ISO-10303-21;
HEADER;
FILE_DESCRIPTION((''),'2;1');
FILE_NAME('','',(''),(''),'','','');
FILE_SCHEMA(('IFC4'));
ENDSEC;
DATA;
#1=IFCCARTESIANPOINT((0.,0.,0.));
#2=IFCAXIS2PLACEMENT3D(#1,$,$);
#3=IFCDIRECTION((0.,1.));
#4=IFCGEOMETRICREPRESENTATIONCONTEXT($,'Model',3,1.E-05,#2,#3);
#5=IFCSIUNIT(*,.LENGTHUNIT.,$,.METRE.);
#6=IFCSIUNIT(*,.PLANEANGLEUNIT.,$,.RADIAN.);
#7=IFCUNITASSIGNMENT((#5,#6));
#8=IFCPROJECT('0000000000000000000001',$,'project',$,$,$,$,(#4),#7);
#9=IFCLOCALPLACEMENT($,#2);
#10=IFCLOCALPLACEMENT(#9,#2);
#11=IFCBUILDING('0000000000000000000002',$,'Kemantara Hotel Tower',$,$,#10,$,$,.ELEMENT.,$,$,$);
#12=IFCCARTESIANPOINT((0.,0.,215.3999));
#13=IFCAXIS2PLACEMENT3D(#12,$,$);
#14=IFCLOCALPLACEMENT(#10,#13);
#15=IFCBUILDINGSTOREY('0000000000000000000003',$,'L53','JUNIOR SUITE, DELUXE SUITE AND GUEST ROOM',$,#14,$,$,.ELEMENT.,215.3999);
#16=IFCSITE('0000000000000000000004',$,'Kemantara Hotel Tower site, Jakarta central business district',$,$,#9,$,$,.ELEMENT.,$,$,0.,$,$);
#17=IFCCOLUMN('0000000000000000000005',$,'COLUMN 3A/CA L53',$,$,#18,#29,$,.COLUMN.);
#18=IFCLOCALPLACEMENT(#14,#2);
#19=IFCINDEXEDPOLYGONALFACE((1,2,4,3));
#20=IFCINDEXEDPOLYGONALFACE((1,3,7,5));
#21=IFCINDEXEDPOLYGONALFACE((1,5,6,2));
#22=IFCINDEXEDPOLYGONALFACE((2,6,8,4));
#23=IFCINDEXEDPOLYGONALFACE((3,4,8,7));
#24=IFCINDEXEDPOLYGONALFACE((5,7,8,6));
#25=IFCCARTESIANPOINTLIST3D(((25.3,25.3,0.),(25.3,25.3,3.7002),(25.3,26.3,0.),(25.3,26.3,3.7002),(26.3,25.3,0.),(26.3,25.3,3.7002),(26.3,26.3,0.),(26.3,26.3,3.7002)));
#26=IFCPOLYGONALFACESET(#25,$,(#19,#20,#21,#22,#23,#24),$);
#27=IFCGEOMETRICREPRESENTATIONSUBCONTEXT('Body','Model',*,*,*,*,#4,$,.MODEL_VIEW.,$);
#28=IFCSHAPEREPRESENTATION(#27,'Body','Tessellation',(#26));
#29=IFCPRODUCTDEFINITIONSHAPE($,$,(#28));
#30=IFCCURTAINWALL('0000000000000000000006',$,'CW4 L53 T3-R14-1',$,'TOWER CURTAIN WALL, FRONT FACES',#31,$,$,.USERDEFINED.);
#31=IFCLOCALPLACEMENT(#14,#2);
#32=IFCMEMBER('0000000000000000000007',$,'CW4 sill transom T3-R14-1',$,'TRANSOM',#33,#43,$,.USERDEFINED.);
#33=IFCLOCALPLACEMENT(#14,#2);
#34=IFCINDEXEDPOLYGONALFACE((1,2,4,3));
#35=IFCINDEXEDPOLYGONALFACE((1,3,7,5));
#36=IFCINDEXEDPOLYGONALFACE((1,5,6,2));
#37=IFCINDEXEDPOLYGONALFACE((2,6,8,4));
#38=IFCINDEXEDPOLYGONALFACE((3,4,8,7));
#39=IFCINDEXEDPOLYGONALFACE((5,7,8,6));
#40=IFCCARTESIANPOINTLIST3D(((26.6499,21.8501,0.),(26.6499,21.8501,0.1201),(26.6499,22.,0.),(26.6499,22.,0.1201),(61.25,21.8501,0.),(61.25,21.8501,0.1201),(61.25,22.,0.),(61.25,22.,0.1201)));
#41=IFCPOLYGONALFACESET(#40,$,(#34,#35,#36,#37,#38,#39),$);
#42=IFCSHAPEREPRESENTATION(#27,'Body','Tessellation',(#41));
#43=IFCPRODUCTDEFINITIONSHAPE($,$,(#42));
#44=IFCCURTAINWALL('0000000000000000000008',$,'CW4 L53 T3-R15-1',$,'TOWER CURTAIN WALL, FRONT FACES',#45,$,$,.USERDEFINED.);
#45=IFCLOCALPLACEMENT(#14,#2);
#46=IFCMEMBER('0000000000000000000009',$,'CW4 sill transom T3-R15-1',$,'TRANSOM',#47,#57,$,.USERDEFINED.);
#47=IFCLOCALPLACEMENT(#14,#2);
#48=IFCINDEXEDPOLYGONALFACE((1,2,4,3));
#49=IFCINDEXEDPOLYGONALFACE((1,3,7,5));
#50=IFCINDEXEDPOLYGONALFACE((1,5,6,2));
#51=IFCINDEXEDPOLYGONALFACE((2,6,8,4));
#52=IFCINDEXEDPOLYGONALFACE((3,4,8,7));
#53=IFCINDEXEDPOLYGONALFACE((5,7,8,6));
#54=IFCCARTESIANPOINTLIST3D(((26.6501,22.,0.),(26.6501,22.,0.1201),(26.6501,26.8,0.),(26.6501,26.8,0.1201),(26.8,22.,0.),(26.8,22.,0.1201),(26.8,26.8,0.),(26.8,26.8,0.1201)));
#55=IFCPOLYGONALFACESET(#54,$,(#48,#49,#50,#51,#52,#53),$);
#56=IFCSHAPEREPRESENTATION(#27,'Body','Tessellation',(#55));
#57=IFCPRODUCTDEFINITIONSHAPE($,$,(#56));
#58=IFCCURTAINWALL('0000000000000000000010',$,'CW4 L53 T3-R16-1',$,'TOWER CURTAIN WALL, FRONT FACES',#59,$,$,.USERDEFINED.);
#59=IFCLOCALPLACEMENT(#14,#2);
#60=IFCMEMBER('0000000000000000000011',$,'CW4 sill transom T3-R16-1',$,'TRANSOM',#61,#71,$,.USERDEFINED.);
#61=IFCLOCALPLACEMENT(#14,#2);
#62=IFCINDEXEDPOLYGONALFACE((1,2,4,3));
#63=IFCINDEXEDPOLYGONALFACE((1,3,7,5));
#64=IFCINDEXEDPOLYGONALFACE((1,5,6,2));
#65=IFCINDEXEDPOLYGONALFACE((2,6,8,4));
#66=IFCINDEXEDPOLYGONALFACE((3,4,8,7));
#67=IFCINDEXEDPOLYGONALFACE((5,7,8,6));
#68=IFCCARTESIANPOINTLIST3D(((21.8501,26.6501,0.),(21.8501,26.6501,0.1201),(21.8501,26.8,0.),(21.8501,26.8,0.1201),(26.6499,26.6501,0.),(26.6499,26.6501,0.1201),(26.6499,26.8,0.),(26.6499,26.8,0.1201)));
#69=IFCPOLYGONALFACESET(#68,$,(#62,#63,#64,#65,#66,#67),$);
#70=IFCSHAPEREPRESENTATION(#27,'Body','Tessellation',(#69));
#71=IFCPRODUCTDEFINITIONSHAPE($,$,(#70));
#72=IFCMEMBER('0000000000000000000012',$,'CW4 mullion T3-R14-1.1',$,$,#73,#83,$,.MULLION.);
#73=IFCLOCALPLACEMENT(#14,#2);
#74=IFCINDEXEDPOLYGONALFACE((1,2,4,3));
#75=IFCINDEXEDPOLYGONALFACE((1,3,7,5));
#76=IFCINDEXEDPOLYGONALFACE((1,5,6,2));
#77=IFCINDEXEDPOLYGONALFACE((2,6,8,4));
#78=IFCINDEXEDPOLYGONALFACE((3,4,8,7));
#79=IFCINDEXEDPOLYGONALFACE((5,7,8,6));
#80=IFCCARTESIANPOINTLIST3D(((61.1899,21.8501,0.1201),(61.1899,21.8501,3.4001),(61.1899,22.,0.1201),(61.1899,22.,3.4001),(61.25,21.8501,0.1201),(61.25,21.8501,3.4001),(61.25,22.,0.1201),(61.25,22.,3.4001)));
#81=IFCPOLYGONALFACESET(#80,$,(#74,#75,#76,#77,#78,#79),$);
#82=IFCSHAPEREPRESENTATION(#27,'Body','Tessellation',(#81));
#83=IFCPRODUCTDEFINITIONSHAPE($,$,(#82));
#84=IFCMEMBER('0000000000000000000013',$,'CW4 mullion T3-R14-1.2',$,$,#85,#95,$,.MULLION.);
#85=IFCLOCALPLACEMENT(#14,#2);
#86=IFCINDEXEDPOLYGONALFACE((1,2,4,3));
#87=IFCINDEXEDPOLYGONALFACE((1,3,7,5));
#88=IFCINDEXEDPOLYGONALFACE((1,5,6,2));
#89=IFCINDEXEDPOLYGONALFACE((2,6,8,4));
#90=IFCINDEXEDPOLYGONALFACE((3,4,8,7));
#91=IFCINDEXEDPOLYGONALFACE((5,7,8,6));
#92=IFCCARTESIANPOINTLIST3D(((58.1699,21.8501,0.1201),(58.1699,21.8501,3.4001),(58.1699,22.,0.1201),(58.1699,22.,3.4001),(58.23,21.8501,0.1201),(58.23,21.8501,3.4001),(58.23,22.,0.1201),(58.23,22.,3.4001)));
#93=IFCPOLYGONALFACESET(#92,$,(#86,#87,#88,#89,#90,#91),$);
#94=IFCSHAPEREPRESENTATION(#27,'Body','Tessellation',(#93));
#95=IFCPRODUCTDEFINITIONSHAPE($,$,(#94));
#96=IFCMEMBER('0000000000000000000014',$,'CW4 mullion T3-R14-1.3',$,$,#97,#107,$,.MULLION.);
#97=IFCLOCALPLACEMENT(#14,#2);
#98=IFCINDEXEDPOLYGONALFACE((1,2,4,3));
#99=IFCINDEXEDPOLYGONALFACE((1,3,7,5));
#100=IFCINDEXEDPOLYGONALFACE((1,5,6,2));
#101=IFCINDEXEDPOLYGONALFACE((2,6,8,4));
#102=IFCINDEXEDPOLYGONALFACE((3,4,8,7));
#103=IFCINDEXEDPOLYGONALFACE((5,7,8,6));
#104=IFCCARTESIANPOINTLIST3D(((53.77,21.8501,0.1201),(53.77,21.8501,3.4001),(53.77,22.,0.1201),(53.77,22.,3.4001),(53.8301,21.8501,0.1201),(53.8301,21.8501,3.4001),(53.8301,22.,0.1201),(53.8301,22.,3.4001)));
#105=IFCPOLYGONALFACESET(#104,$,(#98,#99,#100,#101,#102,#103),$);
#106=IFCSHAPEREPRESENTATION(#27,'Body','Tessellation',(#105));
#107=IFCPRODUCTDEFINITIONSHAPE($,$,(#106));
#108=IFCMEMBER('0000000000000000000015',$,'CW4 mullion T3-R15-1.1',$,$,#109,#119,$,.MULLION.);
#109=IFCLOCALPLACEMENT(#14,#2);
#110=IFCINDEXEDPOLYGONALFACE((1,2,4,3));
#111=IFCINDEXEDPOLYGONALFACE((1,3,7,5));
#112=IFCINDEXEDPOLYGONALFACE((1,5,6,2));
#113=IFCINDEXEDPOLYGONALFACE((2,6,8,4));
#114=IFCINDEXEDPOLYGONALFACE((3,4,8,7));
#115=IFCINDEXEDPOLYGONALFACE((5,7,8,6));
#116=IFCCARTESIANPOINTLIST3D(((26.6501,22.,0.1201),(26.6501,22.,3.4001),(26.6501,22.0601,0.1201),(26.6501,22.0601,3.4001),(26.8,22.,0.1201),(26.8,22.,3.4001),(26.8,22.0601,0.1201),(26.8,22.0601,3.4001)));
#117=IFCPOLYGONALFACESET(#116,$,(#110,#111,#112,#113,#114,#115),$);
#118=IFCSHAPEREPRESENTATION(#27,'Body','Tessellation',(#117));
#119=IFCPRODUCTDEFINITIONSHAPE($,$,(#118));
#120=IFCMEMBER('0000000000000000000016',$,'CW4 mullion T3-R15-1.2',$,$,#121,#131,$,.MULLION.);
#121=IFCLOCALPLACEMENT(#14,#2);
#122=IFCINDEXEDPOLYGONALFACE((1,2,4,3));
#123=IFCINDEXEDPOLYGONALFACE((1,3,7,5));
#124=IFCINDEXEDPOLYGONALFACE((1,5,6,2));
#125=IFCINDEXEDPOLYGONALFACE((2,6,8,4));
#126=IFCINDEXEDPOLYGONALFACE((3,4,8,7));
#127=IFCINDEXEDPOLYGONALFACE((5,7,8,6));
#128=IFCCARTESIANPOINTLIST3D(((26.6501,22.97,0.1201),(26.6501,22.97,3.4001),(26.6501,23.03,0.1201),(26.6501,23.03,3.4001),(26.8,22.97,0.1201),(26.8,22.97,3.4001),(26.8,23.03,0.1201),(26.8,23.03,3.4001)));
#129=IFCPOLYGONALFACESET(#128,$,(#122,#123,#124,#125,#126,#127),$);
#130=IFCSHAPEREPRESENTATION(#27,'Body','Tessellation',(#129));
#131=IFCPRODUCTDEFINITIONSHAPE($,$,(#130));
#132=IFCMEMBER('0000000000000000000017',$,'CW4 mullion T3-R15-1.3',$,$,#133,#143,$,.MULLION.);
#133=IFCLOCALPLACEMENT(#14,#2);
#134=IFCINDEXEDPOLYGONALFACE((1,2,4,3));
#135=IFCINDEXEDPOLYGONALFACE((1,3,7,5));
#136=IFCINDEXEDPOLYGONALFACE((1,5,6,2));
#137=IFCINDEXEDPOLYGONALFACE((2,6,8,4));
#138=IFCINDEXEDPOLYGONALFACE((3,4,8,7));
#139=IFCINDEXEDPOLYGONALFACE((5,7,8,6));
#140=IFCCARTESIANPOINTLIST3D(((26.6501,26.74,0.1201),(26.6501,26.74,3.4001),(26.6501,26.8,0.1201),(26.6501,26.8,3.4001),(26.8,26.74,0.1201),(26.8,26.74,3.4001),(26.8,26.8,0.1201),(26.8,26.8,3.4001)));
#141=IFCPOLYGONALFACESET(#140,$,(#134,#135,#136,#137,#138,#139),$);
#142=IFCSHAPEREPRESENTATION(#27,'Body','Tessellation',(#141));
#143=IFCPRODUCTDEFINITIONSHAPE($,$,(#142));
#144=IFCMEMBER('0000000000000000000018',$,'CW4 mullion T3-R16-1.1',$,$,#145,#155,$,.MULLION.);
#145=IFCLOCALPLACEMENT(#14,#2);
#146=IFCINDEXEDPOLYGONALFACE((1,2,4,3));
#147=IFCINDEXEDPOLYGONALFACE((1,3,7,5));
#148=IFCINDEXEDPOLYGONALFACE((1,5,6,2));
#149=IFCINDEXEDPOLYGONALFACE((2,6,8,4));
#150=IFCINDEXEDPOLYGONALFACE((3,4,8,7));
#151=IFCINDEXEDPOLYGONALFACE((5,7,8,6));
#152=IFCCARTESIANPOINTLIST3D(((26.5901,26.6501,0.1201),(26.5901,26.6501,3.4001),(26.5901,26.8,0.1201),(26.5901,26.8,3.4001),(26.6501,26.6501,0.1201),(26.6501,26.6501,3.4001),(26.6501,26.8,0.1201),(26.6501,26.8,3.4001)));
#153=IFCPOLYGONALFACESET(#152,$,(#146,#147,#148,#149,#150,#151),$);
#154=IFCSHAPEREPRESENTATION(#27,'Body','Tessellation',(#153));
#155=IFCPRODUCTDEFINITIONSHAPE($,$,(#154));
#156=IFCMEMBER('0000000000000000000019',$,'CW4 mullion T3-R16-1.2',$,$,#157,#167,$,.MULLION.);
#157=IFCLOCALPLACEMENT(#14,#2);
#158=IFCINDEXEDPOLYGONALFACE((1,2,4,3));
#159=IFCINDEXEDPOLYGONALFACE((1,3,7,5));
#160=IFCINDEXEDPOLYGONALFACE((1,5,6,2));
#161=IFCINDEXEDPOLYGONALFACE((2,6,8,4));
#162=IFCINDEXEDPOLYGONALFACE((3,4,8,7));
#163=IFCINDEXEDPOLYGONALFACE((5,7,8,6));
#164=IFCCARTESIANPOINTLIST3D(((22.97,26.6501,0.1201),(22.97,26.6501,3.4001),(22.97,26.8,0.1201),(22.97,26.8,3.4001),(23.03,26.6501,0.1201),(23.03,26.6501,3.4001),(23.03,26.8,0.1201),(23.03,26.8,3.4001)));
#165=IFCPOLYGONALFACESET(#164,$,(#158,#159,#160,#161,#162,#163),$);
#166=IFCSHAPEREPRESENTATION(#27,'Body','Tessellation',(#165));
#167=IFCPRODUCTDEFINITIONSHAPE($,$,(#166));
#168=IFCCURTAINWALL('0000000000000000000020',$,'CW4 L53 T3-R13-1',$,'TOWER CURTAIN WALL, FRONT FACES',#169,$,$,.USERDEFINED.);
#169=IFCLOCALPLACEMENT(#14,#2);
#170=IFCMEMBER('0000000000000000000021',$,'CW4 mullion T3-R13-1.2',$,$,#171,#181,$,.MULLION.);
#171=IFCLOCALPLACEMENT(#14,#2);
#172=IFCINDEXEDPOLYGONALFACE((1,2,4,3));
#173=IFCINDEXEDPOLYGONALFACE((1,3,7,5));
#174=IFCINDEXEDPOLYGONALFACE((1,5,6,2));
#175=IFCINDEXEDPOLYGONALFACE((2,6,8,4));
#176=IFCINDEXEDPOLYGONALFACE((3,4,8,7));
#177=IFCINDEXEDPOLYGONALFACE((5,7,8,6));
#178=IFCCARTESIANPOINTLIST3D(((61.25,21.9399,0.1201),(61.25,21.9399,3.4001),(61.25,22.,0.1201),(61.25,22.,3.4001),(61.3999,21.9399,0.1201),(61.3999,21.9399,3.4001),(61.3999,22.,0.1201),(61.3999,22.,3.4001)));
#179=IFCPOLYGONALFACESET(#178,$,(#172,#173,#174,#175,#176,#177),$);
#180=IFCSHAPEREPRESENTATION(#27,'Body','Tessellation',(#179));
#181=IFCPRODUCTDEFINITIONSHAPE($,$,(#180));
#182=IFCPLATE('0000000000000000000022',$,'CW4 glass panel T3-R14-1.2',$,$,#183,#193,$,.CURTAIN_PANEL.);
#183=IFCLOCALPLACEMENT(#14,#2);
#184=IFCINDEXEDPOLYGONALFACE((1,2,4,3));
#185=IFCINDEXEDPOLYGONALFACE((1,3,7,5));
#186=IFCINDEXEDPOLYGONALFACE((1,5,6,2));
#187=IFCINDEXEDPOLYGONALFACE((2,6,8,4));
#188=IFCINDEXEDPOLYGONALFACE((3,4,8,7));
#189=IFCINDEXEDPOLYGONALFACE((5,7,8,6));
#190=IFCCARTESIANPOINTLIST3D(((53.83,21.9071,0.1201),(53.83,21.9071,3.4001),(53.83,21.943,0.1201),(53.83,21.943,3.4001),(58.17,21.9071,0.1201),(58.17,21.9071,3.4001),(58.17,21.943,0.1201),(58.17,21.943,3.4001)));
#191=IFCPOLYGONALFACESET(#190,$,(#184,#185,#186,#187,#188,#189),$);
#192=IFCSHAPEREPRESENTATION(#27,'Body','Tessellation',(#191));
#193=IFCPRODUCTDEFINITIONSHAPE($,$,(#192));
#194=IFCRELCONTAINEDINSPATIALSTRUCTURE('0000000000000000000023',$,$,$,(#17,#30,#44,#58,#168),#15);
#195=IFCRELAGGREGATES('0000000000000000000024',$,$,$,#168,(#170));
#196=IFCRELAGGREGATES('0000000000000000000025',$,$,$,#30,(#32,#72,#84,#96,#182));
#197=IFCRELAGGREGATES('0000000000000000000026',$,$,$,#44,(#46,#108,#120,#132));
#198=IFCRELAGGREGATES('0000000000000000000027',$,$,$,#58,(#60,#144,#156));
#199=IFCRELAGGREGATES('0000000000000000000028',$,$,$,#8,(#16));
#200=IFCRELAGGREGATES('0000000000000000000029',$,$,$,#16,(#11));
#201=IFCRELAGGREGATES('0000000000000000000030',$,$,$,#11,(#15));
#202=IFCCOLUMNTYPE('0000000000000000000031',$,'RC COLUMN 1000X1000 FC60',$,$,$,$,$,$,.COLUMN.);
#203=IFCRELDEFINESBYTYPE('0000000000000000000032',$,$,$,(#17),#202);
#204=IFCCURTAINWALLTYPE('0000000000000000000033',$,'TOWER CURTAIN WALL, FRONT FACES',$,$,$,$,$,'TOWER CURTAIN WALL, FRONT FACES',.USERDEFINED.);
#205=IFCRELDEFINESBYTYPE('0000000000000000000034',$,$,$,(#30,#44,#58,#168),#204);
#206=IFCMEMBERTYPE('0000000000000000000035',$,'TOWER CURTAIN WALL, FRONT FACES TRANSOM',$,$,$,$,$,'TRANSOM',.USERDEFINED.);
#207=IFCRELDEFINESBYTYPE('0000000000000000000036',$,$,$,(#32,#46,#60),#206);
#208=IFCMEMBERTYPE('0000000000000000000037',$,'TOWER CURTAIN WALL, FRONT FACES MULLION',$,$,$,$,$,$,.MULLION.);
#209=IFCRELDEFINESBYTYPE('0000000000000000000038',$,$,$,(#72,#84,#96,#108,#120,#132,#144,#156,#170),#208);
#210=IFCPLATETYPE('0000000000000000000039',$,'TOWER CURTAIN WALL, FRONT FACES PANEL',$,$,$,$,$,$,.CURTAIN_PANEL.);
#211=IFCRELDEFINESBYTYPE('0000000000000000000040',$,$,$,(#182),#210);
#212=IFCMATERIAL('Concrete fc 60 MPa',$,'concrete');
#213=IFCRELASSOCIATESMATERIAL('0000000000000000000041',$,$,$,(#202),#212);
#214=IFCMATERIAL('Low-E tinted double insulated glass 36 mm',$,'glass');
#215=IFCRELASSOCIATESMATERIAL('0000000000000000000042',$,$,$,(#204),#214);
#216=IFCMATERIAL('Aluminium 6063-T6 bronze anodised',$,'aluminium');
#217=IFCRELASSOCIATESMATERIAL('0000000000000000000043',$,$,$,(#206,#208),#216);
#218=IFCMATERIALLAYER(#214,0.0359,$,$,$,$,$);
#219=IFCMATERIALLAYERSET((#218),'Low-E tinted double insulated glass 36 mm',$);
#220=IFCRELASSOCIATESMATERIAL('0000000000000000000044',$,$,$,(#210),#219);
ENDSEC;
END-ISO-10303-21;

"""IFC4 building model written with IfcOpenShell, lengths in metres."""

from ifc_helpers import new_model, si_unit, direction, frame, origin, origin_2d, place, context, subcontext, project, spatial, rectangle, extrude, source, transform, mapped, material, layer, layer_set, material_profile, profile_set, type_object, element, aggregate, save


model = new_model("IFC4")

# Units and contexts
model_context = context("Model", 3, precision=1e-05, world=origin(), true_north=direction((0.0, 1.0)))
body_context = subcontext(model_context, "Body", "Model", "MODEL_VIEW")
ifc_project = project(units=[si_unit("LENGTHUNIT", "METRE"), si_unit("PLANEANGLEUNIT", "RADIAN")], contexts=[model_context])

# Site, building, storey
site_placement = place(None, origin())
site = spatial("IfcSite", under=ifc_project, at=site_placement, Name="Kemantara Hotel Tower site, Jakarta central business district", CompositionType="ELEMENT", RefElevation=0.0)
building_placement = place(site_placement, origin())
building = spatial("IfcBuilding", under=site, at=building_placement, Name="Kemantara Hotel Tower", CompositionType="ELEMENT")
storey_placement = place(building_placement, frame((0.0, 0.0, 215.3999)))
storey = spatial("IfcBuildingStorey", under=building, at=storey_placement, Name="L53", Description="JUNIOR SUITE, DELUXE SUITE AND GUEST ROOM", CompositionType="ELEMENT", Elevation=215.3999)

# Column
ifc_material_1 = material(Name="Concrete fc 60 MPa", Category="concrete")
ifc_material_profile_1 = material_profile(ifc_material_1, rectangle(XDim=1.0, YDim=1.0, at=origin_2d()), Name="RC 1000X1000")
ifc_profile_set_1 = profile_set([ifc_material_profile_1], Name="Concrete fc 60 MPa")
column_type = type_object("IfcColumnType", Name="RC COLUMN 1000X1000 FC60", PredefinedType="COLUMN", material=ifc_profile_set_1)
column_placement = place(storey_placement, frame((25.8, 25.8, 0.0), z_axis=(0.0, 0.0, 1.0), x_axis=(1.0, 0.0, 0.0)))
element("IfcColumn", 1, at=column_placement, inside=storey, type_object=column_type, Name="COLUMN 3A/CA L53", PredefinedType="COLUMN", context=body_context, shape_type="SweptSolid", body=[
    extrude(rectangle(XDim=1.0, YDim=1.0, at=origin_2d()), origin(), (0.0, 0.0, 1.0), 3.7002),
])

# Curtain walls, members
ifc_material_2 = material(Name="Low-E tinted double insulated glass 36 mm", Category="glass")
curtain_wall_type = type_object("IfcCurtainWallType", Name="TOWER CURTAIN WALL, FRONT FACES", ElementType="TOWER CURTAIN WALL, FRONT FACES", PredefinedType="USERDEFINED", material=ifc_material_2)
curtain_wall_1_placement = place(storey_placement, origin())
curtain_wall_1 = element("IfcCurtainWall", 2, at=curtain_wall_1_placement, inside=storey, type_object=curtain_wall_type, Name="CW4 L53 T3-R14-1", ObjectType="TOWER CURTAIN WALL, FRONT FACES", PredefinedType="USERDEFINED")
ifc_material_3 = material(Name="Aluminium 6063-T6 bronze anodised", Category="aluminium")
ifc_material_profile_2 = material_profile(ifc_material_3, rectangle(XDim=0.1499, YDim=0.1201, at=origin_2d()), Name="TOWER CURTAIN WALL, FRONT FACES TRANSOM")
ifc_profile_set_2 = profile_set([ifc_material_profile_2], Name="Aluminium 6063-T6 bronze anodised")
member_type_1 = type_object("IfcMemberType", Name="TOWER CURTAIN WALL, FRONT FACES TRANSOM", ElementType="TRANSOM", PredefinedType="USERDEFINED", material=ifc_profile_set_2)
member_1_placement = place(storey_placement, frame((61.25, 21.925, 0.0601), z_axis=(-1.0, 0.0, 0.0), x_axis=(0.0, -1.0, 0.0)))
member_1 = element("IfcMember", 3, at=member_1_placement, type_object=member_type_1, Name="CW4 sill transom T3-R14-1", ObjectType="TRANSOM", PredefinedType="USERDEFINED", context=body_context, shape_type="SweptSolid", body=[
    extrude(rectangle(XDim=0.1499, YDim=0.1201, at=origin_2d()), origin(), (0.0, 0.0, 1.0), 34.6001),
])
curtain_wall_2_placement = place(storey_placement, origin())
curtain_wall_2 = element("IfcCurtainWall", 4, at=curtain_wall_2_placement, inside=storey, type_object=curtain_wall_type, Name="CW4 L53 T3-R15-1", ObjectType="TOWER CURTAIN WALL, FRONT FACES", PredefinedType="USERDEFINED")
member_2_placement = place(storey_placement, frame((26.7251, 22.0, 0.0601), z_axis=(0.0, 1.0, 0.0), x_axis=(-1.0, 0.0, 0.0)))
member_2 = element("IfcMember", 5, at=member_2_placement, type_object=member_type_1, Name="CW4 sill transom T3-R15-1", ObjectType="TRANSOM", PredefinedType="USERDEFINED", context=body_context, shape_type="SweptSolid", body=[
    extrude(rectangle(XDim=0.1499, YDim=0.1201, at=origin_2d()), origin(), (0.0, 0.0, 1.0), 4.8),
])
curtain_wall_3_placement = place(storey_placement, origin())
curtain_wall_3 = element("IfcCurtainWall", 6, at=curtain_wall_3_placement, inside=storey, type_object=curtain_wall_type, Name="CW4 L53 T3-R16-1", ObjectType="TOWER CURTAIN WALL, FRONT FACES", PredefinedType="USERDEFINED")
member_3_placement = place(storey_placement, frame((26.6499, 26.7251, 0.0601), z_axis=(-1.0, 0.0, 0.0), x_axis=(0.0, -1.0, 0.0)))
member_3 = element("IfcMember", 7, at=member_3_placement, type_object=member_type_1, Name="CW4 sill transom T3-R16-1", ObjectType="TRANSOM", PredefinedType="USERDEFINED", context=body_context, shape_type="SweptSolid", body=[
    extrude(rectangle(XDim=0.1499, YDim=0.1201, at=origin_2d()), origin(), (0.0, 0.0, 1.0), 4.7998),
])

# Members
ifc_material_profile_3 = material_profile(ifc_material_3, rectangle(XDim=0.1499, YDim=0.0601, at=origin_2d()), Name="TOWER CURTAIN WALL, FRONT FACES MULLION")
ifc_profile_set_3 = profile_set([ifc_material_profile_3], Name="Aluminium 6063-T6 bronze anodised")
member_type_2 = type_object("IfcMemberType", Name="TOWER CURTAIN WALL, FRONT FACES MULLION", PredefinedType="MULLION", material=ifc_profile_set_3)
shared_shape_1 = source(origin(), body_context, "Body", "SweptSolid", [
    extrude(rectangle(XDim=0.1499, YDim=0.0601, at=origin_2d()), origin(), (0.0, 0.0, 1.0), 3.28),
])
member_4_placement = place(storey_placement, frame((61.22, 21.925, 0.1201), z_axis=(0.0, 0.0, 1.0), x_axis=(0.0, -1.0, 0.0)))
member_4 = element("IfcMember", 8, at=member_4_placement, type_object=member_type_2, Name="CW4 mullion T3-R14-1.1", PredefinedType="MULLION", context=body_context, shape_type="MappedRepresentation", body=[
    mapped(shared_shape_1, transform((0.0, 0.0, 0.0))),
])
member_5_placement = place(storey_placement, frame((58.2, 21.925, 0.1201), z_axis=(0.0, 0.0, 1.0), x_axis=(0.0, -1.0, 0.0)))
member_5 = element("IfcMember", 9, at=member_5_placement, type_object=member_type_2, Name="CW4 mullion T3-R14-1.2", PredefinedType="MULLION", context=body_context, shape_type="MappedRepresentation", body=[
    mapped(shared_shape_1, transform((0.0, 0.0, 0.0))),
])
member_6_placement = place(storey_placement, frame((53.8, 21.925, 0.1201), z_axis=(0.0, 0.0, 1.0), x_axis=(0.0, -1.0, 0.0)))
member_6 = element("IfcMember", 10, at=member_6_placement, type_object=member_type_2, Name="CW4 mullion T3-R14-1.3", PredefinedType="MULLION", context=body_context, shape_type="MappedRepresentation", body=[
    mapped(shared_shape_1, transform((0.0, 0.0, 0.0))),
])
member_7_placement = place(storey_placement, frame((26.7251, 22.03, 0.1201), z_axis=(0.0, 0.0, 1.0), x_axis=(-1.0, 0.0, 0.0)))
member_7 = element("IfcMember", 11, at=member_7_placement, type_object=member_type_2, Name="CW4 mullion T3-R15-1.1", PredefinedType="MULLION", context=body_context, shape_type="MappedRepresentation", body=[
    mapped(shared_shape_1, transform((0.0, 0.0, 0.0))),
])
member_8_placement = place(storey_placement, frame((26.7251, 23.0, 0.1201), z_axis=(0.0, 0.0, 1.0), x_axis=(-1.0, 0.0, 0.0)))
member_8 = element("IfcMember", 12, at=member_8_placement, type_object=member_type_2, Name="CW4 mullion T3-R15-1.2", PredefinedType="MULLION", context=body_context, shape_type="MappedRepresentation", body=[
    mapped(shared_shape_1, transform((0.0, 0.0, 0.0))),
])
member_9_placement = place(storey_placement, frame((26.7251, 26.77, 0.1201), z_axis=(0.0, 0.0, 1.0), x_axis=(-1.0, 0.0, 0.0)))
member_9 = element("IfcMember", 13, at=member_9_placement, type_object=member_type_2, Name="CW4 mullion T3-R15-1.3", PredefinedType="MULLION", context=body_context, shape_type="MappedRepresentation", body=[
    mapped(shared_shape_1, transform((0.0, 0.0, 0.0))),
])
member_10_placement = place(storey_placement, frame((26.6201, 26.7251, 0.1201), z_axis=(0.0, 0.0, 1.0), x_axis=(0.0, -1.0, 0.0)))
member_10 = element("IfcMember", 14, at=member_10_placement, type_object=member_type_2, Name="CW4 mullion T3-R16-1.1", PredefinedType="MULLION", context=body_context, shape_type="MappedRepresentation", body=[
    mapped(shared_shape_1, transform((0.0, 0.0, 0.0))),
])
member_11_placement = place(storey_placement, frame((23.0, 26.7251, 0.1201), z_axis=(0.0, 0.0, 1.0), x_axis=(0.0, -1.0, 0.0)))
member_11 = element("IfcMember", 15, at=member_11_placement, type_object=member_type_2, Name="CW4 mullion T3-R16-1.2", PredefinedType="MULLION", context=body_context, shape_type="MappedRepresentation", body=[
    mapped(shared_shape_1, transform((0.0, 0.0, 0.0))),
])

# Curtain wall, member
curtain_wall_4_placement = place(storey_placement, origin())
curtain_wall_4 = element("IfcCurtainWall", 16, at=curtain_wall_4_placement, inside=storey, type_object=curtain_wall_type, Name="CW4 L53 T3-R13-1", ObjectType="TOWER CURTAIN WALL, FRONT FACES", PredefinedType="USERDEFINED")
member_12_placement = place(storey_placement, frame((61.325, 21.97, 0.1201), z_axis=(0.0, 0.0, 1.0), x_axis=(-1.0, 0.0, 0.0)))
member_12 = element("IfcMember", 17, at=member_12_placement, type_object=member_type_2, Name="CW4 mullion T3-R13-1.2", PredefinedType="MULLION", context=body_context, shape_type="MappedRepresentation", body=[
    mapped(shared_shape_1, transform((0.0, 0.0, 0.0))),
])
aggregate(curtain_wall_4, [member_12])

# Plate
ifc_layer_1 = layer(ifc_material_2, 0.0359)
ifc_layer_set_1 = layer_set([ifc_layer_1], Name="Low-E tinted double insulated glass 36 mm")
plate_type = type_object("IfcPlateType", Name="TOWER CURTAIN WALL, FRONT FACES PANEL", PredefinedType="CURTAIN_PANEL", material=ifc_layer_set_1)
shared_shape_2 = source(origin(), body_context, "Body", "SweptSolid", [
    extrude(rectangle(XDim=4.3401, YDim=0.0359, at=origin_2d()), origin(), (0.0, 0.0, 1.0), 3.28),
])
plate_1_placement = place(storey_placement, frame((56.0, 21.925, 0.1201), z_axis=(0.0, 0.0, 1.0), x_axis=(-1.0, 0.0, 0.0)))
plate_1 = element("IfcPlate", 18, at=plate_1_placement, type_object=plate_type, Name="CW4 glass panel T3-R14-1.2", PredefinedType="CURTAIN_PANEL", context=body_context, shape_type="MappedRepresentation", body=[
    mapped(shared_shape_2, transform((0.0, 0.0, 0.0))),
])

aggregate(curtain_wall_1, [member_1, member_4, member_5, member_6, plate_1])
aggregate(curtain_wall_2, [member_2, member_7, member_8, member_9])
aggregate(curtain_wall_3, [member_3, member_10, member_11])

save(model, "model.ifc")
